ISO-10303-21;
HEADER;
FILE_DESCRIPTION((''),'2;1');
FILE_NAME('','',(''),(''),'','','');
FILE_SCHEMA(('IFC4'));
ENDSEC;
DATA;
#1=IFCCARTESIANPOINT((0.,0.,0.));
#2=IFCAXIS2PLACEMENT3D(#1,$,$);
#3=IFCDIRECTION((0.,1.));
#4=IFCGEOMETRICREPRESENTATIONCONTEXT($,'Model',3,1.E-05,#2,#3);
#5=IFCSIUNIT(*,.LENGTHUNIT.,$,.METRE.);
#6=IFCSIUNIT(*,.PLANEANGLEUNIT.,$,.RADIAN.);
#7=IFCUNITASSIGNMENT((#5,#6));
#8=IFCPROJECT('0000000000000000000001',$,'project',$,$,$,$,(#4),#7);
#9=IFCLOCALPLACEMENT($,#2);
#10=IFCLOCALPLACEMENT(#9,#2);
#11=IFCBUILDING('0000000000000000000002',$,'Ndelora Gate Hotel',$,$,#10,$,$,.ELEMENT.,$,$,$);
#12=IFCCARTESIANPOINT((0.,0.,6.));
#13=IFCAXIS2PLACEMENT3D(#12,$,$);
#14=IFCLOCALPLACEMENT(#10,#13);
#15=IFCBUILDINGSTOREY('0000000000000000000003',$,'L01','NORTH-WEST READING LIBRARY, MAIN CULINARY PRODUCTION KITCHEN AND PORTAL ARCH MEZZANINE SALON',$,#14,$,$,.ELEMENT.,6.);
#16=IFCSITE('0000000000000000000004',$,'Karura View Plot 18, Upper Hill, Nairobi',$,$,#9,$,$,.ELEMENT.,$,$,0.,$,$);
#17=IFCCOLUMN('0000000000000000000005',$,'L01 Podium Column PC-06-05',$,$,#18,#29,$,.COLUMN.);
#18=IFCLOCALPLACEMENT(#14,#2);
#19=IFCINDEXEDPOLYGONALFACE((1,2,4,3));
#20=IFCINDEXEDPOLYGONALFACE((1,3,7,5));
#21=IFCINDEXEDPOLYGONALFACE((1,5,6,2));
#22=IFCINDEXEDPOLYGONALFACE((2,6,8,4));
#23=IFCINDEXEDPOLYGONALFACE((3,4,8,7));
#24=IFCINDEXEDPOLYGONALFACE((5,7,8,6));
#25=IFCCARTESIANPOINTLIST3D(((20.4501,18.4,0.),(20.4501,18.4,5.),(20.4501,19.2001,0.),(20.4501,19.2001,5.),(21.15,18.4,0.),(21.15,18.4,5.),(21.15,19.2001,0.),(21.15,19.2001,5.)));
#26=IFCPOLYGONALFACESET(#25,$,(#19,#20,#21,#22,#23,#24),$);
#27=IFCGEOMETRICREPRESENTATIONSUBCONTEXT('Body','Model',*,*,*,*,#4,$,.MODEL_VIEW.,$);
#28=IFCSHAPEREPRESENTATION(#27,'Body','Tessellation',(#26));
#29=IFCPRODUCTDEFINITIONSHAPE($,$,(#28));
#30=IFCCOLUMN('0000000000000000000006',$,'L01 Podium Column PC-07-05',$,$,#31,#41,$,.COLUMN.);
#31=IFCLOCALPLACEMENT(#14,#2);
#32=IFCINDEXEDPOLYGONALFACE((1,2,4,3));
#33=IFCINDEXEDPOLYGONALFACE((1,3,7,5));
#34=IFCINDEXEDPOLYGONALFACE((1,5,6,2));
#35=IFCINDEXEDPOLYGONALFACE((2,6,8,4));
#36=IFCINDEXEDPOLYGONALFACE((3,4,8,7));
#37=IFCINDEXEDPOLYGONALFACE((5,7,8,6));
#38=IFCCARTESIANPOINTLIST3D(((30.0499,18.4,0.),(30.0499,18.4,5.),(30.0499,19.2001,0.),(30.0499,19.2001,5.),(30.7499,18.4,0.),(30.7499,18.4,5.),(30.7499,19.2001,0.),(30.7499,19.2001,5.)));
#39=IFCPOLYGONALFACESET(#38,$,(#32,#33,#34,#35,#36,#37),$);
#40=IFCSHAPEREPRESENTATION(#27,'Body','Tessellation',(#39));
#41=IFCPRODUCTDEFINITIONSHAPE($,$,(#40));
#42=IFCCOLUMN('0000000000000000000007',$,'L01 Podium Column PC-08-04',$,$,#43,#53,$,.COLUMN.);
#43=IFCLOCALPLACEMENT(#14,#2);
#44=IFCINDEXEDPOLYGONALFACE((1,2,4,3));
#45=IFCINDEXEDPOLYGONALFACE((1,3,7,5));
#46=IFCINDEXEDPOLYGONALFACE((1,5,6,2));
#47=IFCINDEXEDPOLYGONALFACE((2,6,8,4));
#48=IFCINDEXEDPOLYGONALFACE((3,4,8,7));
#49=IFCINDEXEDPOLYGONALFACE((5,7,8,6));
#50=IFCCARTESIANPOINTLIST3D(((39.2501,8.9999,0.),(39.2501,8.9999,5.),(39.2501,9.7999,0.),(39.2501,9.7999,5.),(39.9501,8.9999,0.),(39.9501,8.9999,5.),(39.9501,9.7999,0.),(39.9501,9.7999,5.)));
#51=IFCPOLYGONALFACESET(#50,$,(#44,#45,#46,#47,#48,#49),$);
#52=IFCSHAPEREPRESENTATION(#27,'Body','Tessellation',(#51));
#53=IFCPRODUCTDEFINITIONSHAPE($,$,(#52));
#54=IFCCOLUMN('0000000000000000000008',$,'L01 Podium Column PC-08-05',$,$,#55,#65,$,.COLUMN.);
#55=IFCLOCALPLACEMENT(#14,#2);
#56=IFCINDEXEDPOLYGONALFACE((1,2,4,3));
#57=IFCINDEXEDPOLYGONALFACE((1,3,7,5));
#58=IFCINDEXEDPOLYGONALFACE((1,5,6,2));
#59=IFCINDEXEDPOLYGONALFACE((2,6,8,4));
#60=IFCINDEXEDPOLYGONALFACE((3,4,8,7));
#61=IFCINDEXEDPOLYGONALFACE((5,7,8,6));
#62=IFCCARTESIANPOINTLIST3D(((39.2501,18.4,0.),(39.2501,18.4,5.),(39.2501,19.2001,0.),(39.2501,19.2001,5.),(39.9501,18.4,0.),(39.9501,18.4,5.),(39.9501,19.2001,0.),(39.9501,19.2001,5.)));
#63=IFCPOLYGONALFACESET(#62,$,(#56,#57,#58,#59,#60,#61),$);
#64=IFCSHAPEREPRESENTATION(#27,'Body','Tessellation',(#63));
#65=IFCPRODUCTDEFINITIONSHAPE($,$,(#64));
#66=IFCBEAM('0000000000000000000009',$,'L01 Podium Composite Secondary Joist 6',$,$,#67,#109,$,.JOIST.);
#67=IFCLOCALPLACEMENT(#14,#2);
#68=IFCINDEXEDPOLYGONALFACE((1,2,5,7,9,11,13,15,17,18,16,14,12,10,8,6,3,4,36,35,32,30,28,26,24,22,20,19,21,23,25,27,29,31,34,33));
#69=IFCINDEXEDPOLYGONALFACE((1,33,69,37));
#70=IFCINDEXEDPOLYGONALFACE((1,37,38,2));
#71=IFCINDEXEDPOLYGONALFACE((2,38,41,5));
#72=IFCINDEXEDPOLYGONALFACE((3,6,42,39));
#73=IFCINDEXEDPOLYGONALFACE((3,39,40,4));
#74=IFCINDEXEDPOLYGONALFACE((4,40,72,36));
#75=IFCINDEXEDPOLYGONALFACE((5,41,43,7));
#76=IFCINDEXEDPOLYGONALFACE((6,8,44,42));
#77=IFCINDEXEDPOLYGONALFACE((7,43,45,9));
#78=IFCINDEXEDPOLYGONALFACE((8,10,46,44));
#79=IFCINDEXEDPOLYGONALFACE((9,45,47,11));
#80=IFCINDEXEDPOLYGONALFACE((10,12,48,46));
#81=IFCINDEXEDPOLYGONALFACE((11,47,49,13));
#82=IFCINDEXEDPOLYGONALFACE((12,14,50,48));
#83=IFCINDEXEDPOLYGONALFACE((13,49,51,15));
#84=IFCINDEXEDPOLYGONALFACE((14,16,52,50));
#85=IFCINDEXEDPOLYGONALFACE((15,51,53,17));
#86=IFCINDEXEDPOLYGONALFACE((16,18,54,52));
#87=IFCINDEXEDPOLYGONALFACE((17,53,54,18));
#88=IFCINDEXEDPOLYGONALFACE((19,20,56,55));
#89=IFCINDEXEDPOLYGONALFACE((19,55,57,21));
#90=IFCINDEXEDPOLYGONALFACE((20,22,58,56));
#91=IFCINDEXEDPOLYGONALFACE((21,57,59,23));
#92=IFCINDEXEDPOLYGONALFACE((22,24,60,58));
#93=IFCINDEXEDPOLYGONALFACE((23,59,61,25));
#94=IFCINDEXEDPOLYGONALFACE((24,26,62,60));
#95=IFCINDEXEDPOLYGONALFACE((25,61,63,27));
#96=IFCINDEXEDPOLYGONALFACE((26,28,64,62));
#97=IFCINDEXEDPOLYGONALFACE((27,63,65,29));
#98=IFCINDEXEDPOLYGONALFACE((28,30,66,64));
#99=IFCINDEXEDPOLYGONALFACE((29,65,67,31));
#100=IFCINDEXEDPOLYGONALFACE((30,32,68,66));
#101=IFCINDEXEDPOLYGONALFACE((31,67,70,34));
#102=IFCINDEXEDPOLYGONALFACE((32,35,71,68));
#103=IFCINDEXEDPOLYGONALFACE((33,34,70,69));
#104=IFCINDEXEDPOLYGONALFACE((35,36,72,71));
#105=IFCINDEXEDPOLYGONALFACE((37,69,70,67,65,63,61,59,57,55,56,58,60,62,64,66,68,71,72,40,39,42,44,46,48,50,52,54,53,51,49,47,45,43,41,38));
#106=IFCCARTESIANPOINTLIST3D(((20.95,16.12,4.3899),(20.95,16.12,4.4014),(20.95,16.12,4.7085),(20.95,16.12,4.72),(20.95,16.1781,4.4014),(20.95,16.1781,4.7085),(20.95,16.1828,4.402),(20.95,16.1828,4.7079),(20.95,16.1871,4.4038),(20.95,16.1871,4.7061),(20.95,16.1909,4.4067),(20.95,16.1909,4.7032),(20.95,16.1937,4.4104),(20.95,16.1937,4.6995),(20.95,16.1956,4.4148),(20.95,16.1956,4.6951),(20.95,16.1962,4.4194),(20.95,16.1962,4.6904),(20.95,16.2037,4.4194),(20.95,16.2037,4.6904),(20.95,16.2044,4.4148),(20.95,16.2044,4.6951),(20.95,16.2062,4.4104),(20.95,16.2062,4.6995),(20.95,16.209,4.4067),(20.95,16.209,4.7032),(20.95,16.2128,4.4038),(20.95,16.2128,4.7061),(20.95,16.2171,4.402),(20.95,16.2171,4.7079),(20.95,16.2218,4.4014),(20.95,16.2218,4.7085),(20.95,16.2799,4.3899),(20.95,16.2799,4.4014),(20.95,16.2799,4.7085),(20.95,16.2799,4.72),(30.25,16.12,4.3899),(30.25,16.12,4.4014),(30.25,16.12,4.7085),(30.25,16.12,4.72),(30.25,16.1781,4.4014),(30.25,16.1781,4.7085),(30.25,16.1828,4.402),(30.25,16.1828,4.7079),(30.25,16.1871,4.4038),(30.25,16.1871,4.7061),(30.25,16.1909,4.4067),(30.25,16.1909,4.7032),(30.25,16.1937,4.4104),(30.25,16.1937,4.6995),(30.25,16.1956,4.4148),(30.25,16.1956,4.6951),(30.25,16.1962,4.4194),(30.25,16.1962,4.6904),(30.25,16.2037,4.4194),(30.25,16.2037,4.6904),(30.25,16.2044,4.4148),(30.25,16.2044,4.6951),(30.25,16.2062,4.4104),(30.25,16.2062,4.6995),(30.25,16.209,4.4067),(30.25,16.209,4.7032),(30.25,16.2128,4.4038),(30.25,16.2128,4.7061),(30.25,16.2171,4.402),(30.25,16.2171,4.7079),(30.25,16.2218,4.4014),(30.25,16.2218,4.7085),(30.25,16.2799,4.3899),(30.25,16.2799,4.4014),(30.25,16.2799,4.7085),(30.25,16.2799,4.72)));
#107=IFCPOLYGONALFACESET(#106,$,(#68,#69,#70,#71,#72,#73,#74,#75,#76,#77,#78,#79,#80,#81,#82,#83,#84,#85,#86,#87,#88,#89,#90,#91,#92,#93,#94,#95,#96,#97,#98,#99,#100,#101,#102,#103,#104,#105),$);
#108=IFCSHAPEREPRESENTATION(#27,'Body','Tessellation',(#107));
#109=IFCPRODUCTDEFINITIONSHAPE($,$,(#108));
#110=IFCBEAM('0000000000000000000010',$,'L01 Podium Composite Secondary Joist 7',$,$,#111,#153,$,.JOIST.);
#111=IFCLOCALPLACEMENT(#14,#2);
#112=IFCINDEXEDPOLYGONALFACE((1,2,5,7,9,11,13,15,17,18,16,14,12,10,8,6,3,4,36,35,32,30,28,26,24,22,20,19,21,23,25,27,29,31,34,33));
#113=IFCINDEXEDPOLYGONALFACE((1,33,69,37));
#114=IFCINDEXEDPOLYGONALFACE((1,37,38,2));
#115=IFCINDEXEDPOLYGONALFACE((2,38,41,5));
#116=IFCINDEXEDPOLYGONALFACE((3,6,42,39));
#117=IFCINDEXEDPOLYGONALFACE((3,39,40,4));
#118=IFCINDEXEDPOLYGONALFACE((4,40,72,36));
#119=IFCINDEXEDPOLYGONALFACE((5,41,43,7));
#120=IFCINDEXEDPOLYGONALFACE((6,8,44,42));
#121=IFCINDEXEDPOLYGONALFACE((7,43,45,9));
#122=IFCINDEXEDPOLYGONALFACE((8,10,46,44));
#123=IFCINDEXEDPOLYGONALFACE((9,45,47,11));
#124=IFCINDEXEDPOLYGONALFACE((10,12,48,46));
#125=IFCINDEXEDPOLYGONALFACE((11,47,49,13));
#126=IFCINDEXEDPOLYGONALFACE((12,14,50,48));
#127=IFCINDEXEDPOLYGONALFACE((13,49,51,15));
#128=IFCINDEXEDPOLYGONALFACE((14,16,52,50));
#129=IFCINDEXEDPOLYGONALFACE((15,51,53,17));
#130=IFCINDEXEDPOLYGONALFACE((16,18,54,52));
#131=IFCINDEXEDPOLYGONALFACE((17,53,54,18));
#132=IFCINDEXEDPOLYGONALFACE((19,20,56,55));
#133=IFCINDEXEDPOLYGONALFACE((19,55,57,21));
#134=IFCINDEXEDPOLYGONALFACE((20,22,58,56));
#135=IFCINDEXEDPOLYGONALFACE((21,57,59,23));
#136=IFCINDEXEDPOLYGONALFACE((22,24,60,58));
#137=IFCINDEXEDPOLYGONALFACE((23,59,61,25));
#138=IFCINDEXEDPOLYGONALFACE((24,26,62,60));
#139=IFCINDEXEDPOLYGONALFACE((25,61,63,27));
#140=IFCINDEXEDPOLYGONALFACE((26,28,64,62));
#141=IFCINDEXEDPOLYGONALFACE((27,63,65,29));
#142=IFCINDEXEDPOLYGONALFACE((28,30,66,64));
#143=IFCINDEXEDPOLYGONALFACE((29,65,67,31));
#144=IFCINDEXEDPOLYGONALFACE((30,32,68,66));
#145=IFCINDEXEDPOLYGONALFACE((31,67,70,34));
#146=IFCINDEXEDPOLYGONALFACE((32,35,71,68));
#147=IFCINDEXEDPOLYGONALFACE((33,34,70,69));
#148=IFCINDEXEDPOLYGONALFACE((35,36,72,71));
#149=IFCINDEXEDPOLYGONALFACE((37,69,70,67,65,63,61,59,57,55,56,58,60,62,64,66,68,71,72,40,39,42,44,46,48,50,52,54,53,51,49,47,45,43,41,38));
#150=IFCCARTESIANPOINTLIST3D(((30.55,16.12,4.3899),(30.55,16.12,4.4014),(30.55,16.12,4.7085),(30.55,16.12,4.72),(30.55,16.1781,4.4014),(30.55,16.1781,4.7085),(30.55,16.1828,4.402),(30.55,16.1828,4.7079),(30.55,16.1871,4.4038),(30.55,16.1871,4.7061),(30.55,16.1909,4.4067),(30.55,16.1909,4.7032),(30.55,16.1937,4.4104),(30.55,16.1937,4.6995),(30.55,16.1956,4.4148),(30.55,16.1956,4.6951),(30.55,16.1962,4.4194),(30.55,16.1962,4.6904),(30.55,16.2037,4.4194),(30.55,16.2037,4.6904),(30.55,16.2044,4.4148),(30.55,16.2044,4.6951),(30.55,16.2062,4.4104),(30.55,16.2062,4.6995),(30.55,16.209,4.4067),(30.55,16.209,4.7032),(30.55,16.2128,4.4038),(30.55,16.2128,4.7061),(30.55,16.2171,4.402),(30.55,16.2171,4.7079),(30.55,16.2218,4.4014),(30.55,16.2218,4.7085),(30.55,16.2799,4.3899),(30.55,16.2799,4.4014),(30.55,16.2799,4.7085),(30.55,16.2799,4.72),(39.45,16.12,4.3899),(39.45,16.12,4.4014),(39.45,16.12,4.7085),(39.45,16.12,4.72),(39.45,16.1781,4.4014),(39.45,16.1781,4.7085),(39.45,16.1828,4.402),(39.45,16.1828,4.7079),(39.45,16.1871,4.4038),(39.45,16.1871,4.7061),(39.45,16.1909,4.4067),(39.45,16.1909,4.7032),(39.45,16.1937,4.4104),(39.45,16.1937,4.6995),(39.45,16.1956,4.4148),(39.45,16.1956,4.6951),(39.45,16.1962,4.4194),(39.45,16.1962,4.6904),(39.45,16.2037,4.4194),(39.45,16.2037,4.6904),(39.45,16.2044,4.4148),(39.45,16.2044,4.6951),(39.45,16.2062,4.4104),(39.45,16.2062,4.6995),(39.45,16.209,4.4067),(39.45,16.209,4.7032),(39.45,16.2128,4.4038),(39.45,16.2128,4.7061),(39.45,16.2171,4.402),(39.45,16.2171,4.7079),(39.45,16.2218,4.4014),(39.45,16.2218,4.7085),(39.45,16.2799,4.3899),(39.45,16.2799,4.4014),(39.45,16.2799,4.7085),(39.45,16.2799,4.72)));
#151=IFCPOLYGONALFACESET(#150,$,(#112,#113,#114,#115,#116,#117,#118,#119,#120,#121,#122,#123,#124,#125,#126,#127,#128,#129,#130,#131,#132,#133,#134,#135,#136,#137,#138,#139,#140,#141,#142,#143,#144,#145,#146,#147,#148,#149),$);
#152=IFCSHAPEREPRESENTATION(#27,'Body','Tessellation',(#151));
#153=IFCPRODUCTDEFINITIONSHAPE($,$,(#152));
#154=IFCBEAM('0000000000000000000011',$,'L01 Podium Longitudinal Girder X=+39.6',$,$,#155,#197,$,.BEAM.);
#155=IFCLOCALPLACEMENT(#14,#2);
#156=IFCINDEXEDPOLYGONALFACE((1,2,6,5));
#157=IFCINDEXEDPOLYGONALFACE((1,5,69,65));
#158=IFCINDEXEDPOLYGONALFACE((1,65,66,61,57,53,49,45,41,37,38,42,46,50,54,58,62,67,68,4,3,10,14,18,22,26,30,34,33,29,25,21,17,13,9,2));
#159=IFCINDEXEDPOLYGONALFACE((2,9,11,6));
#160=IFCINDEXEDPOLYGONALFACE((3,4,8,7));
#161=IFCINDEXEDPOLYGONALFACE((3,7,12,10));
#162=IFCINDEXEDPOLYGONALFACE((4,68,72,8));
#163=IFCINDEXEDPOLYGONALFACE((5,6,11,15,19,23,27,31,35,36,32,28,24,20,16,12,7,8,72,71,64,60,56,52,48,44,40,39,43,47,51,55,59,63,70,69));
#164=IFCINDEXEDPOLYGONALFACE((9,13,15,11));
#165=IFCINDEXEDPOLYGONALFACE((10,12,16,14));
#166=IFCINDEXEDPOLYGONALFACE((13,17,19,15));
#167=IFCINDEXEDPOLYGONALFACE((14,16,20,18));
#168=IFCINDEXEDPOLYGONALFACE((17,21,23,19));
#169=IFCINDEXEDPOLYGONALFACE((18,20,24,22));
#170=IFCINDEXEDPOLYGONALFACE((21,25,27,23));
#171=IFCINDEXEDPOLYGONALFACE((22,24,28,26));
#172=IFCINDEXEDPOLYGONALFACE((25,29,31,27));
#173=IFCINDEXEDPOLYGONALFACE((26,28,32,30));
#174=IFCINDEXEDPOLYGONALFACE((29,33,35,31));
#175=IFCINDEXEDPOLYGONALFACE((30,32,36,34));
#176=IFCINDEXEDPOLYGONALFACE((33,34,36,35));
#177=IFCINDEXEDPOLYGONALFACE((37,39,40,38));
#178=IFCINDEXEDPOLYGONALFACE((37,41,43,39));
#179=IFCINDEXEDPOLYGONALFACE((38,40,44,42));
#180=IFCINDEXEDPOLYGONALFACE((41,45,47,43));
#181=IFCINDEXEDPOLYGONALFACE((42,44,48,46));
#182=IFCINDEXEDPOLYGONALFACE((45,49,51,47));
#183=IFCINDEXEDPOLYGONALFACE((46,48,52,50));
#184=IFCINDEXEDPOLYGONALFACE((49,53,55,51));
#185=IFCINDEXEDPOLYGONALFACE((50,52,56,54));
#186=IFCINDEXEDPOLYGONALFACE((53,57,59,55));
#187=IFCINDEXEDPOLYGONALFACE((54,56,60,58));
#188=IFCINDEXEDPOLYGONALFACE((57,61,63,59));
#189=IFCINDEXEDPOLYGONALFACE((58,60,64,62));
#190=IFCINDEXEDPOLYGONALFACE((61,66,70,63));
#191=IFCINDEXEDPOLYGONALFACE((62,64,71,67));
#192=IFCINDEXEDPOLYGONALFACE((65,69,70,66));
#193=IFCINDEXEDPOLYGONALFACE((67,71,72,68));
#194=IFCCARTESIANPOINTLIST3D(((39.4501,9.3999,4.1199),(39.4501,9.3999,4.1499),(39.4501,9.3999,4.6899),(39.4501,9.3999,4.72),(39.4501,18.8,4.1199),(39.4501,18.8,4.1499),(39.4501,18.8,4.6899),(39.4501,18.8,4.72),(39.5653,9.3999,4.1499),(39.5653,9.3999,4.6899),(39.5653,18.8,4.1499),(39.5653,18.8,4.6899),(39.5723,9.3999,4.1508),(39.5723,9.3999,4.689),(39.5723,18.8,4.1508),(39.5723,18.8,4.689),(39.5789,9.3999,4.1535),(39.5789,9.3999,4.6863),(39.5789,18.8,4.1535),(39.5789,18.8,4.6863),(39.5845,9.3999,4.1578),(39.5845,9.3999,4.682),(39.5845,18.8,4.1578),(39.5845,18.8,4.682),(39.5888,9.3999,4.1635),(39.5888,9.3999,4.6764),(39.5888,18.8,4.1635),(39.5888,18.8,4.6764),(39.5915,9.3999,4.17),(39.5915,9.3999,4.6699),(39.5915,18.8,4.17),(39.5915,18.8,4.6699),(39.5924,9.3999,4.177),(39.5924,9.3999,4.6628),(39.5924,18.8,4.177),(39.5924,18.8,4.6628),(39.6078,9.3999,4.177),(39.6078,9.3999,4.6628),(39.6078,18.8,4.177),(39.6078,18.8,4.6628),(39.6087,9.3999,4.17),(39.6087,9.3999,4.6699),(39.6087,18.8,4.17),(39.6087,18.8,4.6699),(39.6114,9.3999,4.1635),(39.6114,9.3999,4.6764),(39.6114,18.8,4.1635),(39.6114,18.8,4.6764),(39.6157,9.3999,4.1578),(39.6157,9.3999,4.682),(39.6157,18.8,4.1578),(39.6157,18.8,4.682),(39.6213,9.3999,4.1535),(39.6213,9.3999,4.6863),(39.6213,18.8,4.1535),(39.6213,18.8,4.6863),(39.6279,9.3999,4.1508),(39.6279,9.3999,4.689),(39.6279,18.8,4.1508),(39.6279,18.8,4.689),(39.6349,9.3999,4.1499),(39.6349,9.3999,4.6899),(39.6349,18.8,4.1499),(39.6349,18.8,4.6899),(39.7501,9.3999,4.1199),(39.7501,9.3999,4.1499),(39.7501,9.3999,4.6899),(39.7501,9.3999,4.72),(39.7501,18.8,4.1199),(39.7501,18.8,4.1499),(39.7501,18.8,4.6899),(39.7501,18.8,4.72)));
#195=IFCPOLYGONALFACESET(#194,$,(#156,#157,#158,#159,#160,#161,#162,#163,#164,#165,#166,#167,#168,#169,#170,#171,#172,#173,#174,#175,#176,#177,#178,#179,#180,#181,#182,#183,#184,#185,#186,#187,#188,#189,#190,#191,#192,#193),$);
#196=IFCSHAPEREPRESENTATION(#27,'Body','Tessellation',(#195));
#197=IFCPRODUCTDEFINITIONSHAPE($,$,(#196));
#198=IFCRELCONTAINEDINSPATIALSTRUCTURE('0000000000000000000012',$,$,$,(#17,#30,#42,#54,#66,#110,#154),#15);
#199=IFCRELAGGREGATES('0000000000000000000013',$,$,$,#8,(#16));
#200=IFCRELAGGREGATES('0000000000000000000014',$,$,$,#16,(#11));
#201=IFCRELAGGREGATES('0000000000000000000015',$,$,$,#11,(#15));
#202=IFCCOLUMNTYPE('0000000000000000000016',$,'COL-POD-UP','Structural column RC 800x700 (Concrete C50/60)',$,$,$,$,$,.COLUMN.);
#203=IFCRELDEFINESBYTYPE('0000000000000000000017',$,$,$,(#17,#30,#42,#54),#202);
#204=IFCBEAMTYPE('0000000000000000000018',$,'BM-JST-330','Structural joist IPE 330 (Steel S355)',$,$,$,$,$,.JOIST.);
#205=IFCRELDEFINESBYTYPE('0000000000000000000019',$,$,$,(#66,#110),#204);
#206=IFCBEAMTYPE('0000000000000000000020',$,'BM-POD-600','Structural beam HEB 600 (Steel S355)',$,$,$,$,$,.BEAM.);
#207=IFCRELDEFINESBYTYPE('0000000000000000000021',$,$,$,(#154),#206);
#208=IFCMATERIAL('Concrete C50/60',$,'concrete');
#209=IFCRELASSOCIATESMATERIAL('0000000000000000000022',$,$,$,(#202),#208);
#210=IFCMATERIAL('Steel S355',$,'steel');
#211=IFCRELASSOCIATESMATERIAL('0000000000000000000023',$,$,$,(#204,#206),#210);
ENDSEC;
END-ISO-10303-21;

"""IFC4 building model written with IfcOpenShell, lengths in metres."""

from ifc_helpers import new_model, si_unit, direction, frame, origin, origin_2d, place, context, subcontext, project, spatial, rectangle, i_section, extrude, material, material_profile, profile_set, type_object, element, save


model = new_model("IFC4")

# Units and contexts
model_context = context("Model", 3, precision=1e-05, world=origin(), true_north=direction((0.0, 1.0)))
body_context = subcontext(model_context, "Body", "Model", "MODEL_VIEW")
ifc_project = project(units=[si_unit("LENGTHUNIT", "METRE"), si_unit("PLANEANGLEUNIT", "RADIAN")], contexts=[model_context])

# Site, building, storey
site_placement = place(None, origin())
site = spatial("IfcSite", under=ifc_project, at=site_placement, Name="Karura View Plot 18, Upper Hill, Nairobi", CompositionType="ELEMENT", RefElevation=0.0)
building_placement = place(site_placement, origin())
building = spatial("IfcBuilding", under=site, at=building_placement, Name="Ndelora Gate Hotel", CompositionType="ELEMENT")
storey_placement = place(building_placement, frame((0.0, 0.0, 6.0)))
storey = spatial("IfcBuildingStorey", under=building, at=storey_placement, Name="L01", Description="NORTH-WEST READING LIBRARY, MAIN CULINARY PRODUCTION KITCHEN AND PORTAL ARCH MEZZANINE SALON", CompositionType="ELEMENT", Elevation=6.0)

# Columns
ifc_material_1 = material(Name="Concrete C50/60", Category="concrete")
ifc_material_profile_1 = material_profile(ifc_material_1, rectangle(XDim=0.7, YDim=0.8, at=origin_2d()), Name="RC 800x700")
ifc_profile_set_1 = profile_set([ifc_material_profile_1], Name="Concrete C50/60")
column_type = type_object("IfcColumnType", Name="COL-POD-UP", Description="Structural column RC 800x700 (Concrete C50/60)", PredefinedType="COLUMN", material=ifc_profile_set_1)
for number, where, z_axis, x_axis, name in (
    (1, (20.8, 18.8, 0.0), (0.0, 0.0, 1.0), (1.0, 0.0, 0.0), "L01 Podium Column PC-06-05"),
    (2, (30.3999, 18.8, 0.0), (0.0, 0.0, 1.0), (1.0, 0.0, 0.0), "L01 Podium Column PC-07-05"),
    (3, (39.6001, 9.3999, 0.0), (0.0, 0.0, 1.0), (1.0, 0.0, 0.0), "L01 Podium Column PC-08-04"),
    (4, (39.6001, 18.8, 0.0), (0.0, 0.0, 1.0), (1.0, 0.0, 0.0), "L01 Podium Column PC-08-05"),
):
    element("IfcColumn", number, at=place(storey_placement, frame(where, z_axis=z_axis, x_axis=x_axis)), inside=storey, type_object=column_type, Name=name, PredefinedType="COLUMN", context=body_context, shape_type="SweptSolid", body=[
        extrude(rectangle(XDim=0.7, YDim=0.8, at=origin_2d()), origin(), (0.0, 0.0, 1.0), 5.0),
    ])

# Beams
ifc_material_2 = material(Name="Steel S355", Category="steel")
ifc_material_profile_2 = material_profile(ifc_material_2, i_section(OverallWidth=0.1599, OverallDepth=0.3301, WebThickness=0.0076, FlangeThickness=0.0115, FilletRadius=0.0181, at=origin_2d()), Name="IPE 330")
ifc_profile_set_2 = profile_set([ifc_material_profile_2], Name="Steel S355")
beam_type_1 = type_object("IfcBeamType", Name="BM-JST-330", Description="Structural joist IPE 330 (Steel S355)", PredefinedType="JOIST", material=ifc_profile_set_2)
beam_1_placement = place(storey_placement, frame((20.95, 16.2, 4.5549), z_axis=(1.0, 0.0, 0.0), x_axis=(0.0, 1.0, 0.0)))
element("IfcBeam", 5, at=beam_1_placement, inside=storey, type_object=beam_type_1, Name="L01 Podium Composite Secondary Joist 6", PredefinedType="JOIST", context=body_context, shape_type="SweptSolid", body=[
    extrude(i_section(OverallWidth=0.1599, OverallDepth=0.3301, WebThickness=0.0076, FlangeThickness=0.0115, FilletRadius=0.0181, at=origin_2d()), origin(), (0.0, 0.0, 1.0), 9.3),
])
beam_2_placement = place(storey_placement, frame((30.55, 16.2, 4.5549), z_axis=(1.0, 0.0, 0.0), x_axis=(0.0, 1.0, 0.0)))
element("IfcBeam", 6, at=beam_2_placement, inside=storey, type_object=beam_type_1, Name="L01 Podium Composite Secondary Joist 7", PredefinedType="JOIST", context=body_context, shape_type="SweptSolid", body=[
    extrude(i_section(OverallWidth=0.1599, OverallDepth=0.3301, WebThickness=0.0076, FlangeThickness=0.0115, FilletRadius=0.0181, at=origin_2d()), origin(), (0.0, 0.0, 1.0), 8.8999),
])
ifc_material_profile_3 = material_profile(ifc_material_2, i_section(OverallWidth=0.3, OverallDepth=0.6001, WebThickness=0.0154, FlangeThickness=0.03, FilletRadius=0.0271, at=origin_2d()), Name="HEB 600")
ifc_profile_set_3 = profile_set([ifc_material_profile_3], Name="Steel S355")
beam_type_2 = type_object("IfcBeamType", Name="BM-POD-600", Description="Structural beam HEB 600 (Steel S355)", PredefinedType="BEAM", material=ifc_profile_set_3)
beam_3_placement = place(storey_placement, frame((39.6001, 9.3999, 4.4199), z_axis=(0.0, 1.0, 0.0), x_axis=(-1.0, 0.0, 0.0)))
element("IfcBeam", 7, at=beam_3_placement, inside=storey, type_object=beam_type_2, Name="L01 Podium Longitudinal Girder X=+39.6", PredefinedType="BEAM", context=body_context, shape_type="SweptSolid", body=[
    extrude(i_section(OverallWidth=0.3, OverallDepth=0.6001, WebThickness=0.0154, FlangeThickness=0.03, FilletRadius=0.0271, at=origin_2d()), origin(), (0.0, 0.0, 1.0), 9.4001),
])

save(model, "model.ifc")
